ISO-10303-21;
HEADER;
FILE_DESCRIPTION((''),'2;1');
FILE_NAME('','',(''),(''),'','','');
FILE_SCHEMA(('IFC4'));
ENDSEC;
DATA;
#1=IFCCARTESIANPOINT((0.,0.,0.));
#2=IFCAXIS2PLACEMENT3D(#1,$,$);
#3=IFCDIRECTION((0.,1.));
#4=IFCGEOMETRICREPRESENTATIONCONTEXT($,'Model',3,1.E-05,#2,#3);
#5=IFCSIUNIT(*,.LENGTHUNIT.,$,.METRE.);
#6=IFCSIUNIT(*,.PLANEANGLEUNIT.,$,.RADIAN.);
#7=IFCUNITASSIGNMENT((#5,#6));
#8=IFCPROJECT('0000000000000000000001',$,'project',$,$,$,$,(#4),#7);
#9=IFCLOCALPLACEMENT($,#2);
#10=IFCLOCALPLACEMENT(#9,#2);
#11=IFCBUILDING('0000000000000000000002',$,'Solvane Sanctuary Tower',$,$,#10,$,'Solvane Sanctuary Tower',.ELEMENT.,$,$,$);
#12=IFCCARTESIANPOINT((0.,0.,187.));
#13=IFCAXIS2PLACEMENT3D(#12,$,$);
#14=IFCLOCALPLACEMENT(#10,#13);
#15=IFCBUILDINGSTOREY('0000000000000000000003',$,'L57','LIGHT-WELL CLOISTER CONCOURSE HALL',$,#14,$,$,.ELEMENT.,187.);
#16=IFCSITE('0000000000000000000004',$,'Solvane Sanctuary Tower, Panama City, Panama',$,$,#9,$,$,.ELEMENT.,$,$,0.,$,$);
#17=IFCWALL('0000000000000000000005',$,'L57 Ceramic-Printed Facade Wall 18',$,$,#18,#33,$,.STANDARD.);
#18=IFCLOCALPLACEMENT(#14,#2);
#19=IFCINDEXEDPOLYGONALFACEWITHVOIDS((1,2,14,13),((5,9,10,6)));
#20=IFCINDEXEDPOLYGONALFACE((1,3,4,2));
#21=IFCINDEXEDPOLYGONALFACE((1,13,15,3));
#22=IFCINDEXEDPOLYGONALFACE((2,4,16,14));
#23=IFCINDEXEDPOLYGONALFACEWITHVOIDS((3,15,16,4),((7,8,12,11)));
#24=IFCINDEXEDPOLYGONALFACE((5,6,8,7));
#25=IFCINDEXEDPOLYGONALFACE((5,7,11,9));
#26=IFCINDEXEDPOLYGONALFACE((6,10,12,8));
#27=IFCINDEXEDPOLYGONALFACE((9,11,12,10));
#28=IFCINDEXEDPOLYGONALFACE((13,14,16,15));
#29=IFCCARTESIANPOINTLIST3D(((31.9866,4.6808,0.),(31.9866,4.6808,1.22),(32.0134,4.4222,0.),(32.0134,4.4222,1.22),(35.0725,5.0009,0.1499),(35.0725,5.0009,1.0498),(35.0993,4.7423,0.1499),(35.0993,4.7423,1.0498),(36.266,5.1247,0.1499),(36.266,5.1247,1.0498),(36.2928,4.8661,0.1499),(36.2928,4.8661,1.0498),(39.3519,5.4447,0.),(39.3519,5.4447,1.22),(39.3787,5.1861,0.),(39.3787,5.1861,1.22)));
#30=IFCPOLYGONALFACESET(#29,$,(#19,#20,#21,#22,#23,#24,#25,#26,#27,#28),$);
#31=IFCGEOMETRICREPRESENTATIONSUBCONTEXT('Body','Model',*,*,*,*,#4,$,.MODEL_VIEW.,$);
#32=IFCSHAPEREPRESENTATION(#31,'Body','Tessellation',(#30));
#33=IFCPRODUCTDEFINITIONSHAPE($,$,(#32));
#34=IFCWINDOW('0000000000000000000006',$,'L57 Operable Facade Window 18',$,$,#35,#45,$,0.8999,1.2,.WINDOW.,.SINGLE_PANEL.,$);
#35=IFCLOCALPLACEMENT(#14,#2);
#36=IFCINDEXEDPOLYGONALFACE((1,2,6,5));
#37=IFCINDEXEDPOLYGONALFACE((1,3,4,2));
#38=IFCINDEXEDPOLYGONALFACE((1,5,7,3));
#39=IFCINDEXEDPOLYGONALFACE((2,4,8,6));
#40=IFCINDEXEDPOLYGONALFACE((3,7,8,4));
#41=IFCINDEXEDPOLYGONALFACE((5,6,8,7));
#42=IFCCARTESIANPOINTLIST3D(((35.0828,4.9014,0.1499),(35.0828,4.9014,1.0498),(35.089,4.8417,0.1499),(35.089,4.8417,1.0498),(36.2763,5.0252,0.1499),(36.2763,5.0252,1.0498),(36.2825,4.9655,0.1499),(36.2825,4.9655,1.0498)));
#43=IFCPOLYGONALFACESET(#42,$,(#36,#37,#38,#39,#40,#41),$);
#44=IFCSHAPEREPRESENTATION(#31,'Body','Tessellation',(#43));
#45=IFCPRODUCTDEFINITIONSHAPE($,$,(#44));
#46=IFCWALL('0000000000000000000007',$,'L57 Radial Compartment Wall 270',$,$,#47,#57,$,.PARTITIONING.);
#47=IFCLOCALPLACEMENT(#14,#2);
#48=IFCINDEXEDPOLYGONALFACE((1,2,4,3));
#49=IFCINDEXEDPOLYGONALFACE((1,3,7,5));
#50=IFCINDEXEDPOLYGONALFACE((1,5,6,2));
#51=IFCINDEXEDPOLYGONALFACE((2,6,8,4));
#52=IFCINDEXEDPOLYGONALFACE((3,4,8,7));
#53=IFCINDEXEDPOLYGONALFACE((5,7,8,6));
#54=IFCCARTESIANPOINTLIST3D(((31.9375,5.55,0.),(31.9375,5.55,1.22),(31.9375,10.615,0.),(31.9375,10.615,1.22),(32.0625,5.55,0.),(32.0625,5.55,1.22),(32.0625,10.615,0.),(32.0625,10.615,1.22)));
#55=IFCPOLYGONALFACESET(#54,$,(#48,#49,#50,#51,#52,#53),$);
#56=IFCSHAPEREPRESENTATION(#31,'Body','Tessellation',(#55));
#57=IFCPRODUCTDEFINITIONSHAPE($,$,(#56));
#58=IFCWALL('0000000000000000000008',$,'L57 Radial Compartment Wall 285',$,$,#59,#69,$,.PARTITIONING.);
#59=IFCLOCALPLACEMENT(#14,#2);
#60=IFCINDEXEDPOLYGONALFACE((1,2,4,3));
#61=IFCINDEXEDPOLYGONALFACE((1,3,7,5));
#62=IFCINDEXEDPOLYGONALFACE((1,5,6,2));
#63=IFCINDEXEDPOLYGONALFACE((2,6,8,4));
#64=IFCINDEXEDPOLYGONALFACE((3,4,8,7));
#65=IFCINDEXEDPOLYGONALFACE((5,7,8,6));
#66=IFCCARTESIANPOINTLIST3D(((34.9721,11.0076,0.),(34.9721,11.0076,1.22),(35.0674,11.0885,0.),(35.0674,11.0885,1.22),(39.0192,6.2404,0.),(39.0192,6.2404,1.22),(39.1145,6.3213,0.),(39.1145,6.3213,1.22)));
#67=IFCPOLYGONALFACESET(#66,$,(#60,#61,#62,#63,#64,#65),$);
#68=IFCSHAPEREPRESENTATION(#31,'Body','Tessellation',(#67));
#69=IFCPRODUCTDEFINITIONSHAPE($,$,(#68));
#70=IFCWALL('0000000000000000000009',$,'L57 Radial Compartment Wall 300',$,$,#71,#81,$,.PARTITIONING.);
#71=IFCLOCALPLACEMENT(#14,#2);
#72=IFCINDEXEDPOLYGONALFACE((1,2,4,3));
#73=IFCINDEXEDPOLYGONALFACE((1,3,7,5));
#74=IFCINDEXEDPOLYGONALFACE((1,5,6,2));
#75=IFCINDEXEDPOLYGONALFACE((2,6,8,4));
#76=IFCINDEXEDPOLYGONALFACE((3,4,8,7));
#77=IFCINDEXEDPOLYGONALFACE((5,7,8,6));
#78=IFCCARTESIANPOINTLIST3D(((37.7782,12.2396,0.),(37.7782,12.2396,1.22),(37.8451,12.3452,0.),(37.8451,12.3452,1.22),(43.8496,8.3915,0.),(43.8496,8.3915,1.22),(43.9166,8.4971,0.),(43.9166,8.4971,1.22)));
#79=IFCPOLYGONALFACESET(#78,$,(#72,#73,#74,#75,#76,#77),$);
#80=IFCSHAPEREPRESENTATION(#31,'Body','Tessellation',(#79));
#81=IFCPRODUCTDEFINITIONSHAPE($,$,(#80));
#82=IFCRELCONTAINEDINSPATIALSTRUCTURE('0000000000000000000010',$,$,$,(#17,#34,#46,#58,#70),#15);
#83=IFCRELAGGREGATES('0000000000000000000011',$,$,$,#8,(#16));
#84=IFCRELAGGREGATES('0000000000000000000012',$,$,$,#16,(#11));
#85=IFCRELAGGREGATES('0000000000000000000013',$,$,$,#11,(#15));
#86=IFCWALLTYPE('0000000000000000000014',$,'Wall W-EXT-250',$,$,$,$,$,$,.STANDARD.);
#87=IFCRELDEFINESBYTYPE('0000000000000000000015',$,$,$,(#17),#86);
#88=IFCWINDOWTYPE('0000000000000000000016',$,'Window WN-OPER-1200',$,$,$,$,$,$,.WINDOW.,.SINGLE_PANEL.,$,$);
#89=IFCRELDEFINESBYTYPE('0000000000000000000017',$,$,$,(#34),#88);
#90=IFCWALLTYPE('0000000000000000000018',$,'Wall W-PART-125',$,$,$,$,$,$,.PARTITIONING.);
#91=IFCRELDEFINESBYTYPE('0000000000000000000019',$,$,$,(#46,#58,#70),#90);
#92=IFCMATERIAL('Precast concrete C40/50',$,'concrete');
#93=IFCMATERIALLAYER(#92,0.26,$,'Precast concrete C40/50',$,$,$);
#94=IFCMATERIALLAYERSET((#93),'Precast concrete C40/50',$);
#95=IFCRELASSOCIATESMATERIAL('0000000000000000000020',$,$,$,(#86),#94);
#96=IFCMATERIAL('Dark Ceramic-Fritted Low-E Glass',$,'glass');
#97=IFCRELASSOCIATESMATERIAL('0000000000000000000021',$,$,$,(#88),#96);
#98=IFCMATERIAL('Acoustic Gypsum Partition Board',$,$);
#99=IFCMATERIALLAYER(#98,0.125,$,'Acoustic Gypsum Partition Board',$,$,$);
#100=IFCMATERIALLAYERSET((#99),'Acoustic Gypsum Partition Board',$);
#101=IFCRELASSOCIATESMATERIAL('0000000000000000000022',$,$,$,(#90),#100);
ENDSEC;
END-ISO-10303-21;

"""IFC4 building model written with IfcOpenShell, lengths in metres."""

from ifc_helpers import new_model, si_unit, direction, frame, frame_2d, origin, place, context, subcontext, project, spatial, rectangle, extrude, material, layer, layer_set, type_object, element, fill, save


model = new_model("IFC4")

# Units and contexts
model_context = context("Model", 3, precision=1e-05, world=origin(), true_north=direction((0.0, 1.0)))
body_context = subcontext(model_context, "Body", "Model", "MODEL_VIEW")
ifc_project = project(units=[si_unit("LENGTHUNIT", "METRE"), si_unit("PLANEANGLEUNIT", "RADIAN")], contexts=[model_context])

# Site, building, storey
site_placement = place(None, origin())
site = spatial("IfcSite", under=ifc_project, at=site_placement, Name="Solvane Sanctuary Tower, Panama City, Panama", CompositionType="ELEMENT", RefElevation=0.0)
building_placement = place(site_placement, origin())
building = spatial("IfcBuilding", under=site, at=building_placement, Name="Solvane Sanctuary Tower", LongName="Solvane Sanctuary Tower", CompositionType="ELEMENT")
storey_placement = place(building_placement, frame((0.0, 0.0, 187.0)))
storey = spatial("IfcBuildingStorey", under=building, at=storey_placement, Name="L57", Description="LIGHT-WELL CLOISTER CONCOURSE HALL", CompositionType="ELEMENT", Elevation=187.0)

# Shared definitions
ifc_material_1 = material(Name="Acoustic Gypsum Partition Board")

# Wall, opening, window
ifc_material_2 = material(Name="Precast concrete C40/50", Category="concrete")
ifc_layer_1 = layer(ifc_material_2, 0.26, Name="Precast concrete C40/50")
ifc_layer_set_1 = layer_set([ifc_layer_1], Name="Precast concrete C40/50")
wall_type_1 = type_object("IfcWallType", Name="Wall W-EXT-250", PredefinedType="STANDARD", material=ifc_layer_set_1)
wall_1_placement = place(storey_placement, frame((32.0, 4.5515, 0.0), z_axis=(0.0, 0.0, 1.0), x_axis=(0.994664, 0.103166, 0.0)))
wall_1 = element("IfcWall", 1, at=wall_1_placement, inside=storey, type_object=wall_type_1, Name="L57 Ceramic-Printed Facade Wall 18", PredefinedType="STANDARD", context=body_context, shape_type="SweptSolid", body=[
    extrude(rectangle(XDim=7.4048, YDim=0.26, at=frame_2d((3.7024, 0.0))), origin(), (0.0, 0.0, 1.0), 1.22),
])
opening_1_placement = place(wall_1_placement, frame((3.1023, 0.0, 0.1499)))
opening_1 = element("IfcOpeningElement", 2, at=opening_1_placement, cuts=wall_1, PredefinedType="OPENING", context=body_context, shape_type="SweptSolid", body=[
    extrude(rectangle(XDim=1.2, YDim=0.8999, at=frame_2d((0.6001, 0.45))), frame((0.0, 0.1399, 0.0), z_axis=(0.0, -1.0, 0.0), x_axis=(1.0, 0.0, 0.0)), (0.0, 0.0, 1.0), 0.28),
])
ifc_material_3 = material(Name="Dark Ceramic-Fritted Low-E Glass", Category="glass")
window_type = type_object("IfcWindowType", Name="Window WN-OPER-1200", PartitioningType="SINGLE_PANEL", PredefinedType="WINDOW", material=ifc_material_3)
window_placement = place(opening_1_placement, origin())
window = element("IfcWindow", 3, at=window_placement, inside=storey, type_object=window_type, Name="L57 Operable Facade Window 18", OverallHeight=0.8999, OverallWidth=1.2, PartitioningType="SINGLE_PANEL", PredefinedType="WINDOW", context=body_context, shape_type="SweptSolid", body=[
    extrude(rectangle(XDim=1.2, YDim=0.8999, at=frame_2d((0.6001, 0.45))), frame((0.0, 0.03, 0.0), z_axis=(0.0, -1.0, 0.0), x_axis=(1.0, 0.0, 0.0)), (0.0, 0.0, 1.0), 0.0601),
])
fill(opening_1, window)

# Walls
ifc_layer_2 = layer(ifc_material_1, 0.125, Name="Acoustic Gypsum Partition Board")
ifc_layer_set_2 = layer_set([ifc_layer_2], Name="Acoustic Gypsum Partition Board")
wall_type_2 = type_object("IfcWallType", Name="Wall W-PART-125", PredefinedType="PARTITIONING", material=ifc_layer_set_2)
wall_2_placement = place(storey_placement, frame((32.0, 10.615, 0.0), z_axis=(0.0, 0.0, 1.0), x_axis=(0.0, -1.0, 0.0)))
element("IfcWall", 4, at=wall_2_placement, inside=storey, type_object=wall_type_2, Name="L57 Radial Compartment Wall 270", PredefinedType="PARTITIONING", context=body_context, shape_type="SweptSolid", body=[
    extrude(rectangle(XDim=5.0649, YDim=0.125, at=frame_2d((2.5325, 0.0))), origin(), (0.0, 0.0, 1.0), 1.22),
])
wall_3_placement = place(storey_placement, frame((35.0198, 11.0481, 0.0), z_axis=(0.0, 0.0, 1.0), x_axis=(0.647173, -0.762343, 0.0)))
element("IfcWall", 5, at=wall_3_placement, inside=storey, type_object=wall_type_2, Name="L57 Radial Compartment Wall 285", PredefinedType="PARTITIONING", context=body_context, shape_type="SweptSolid", body=[
    extrude(rectangle(XDim=6.2534, YDim=0.125, at=frame_2d((3.1267, 0.0))), origin(), (0.0, 0.0, 1.0), 1.22),
])
wall_4_placement = place(storey_placement, frame((37.8115, 12.2925, 0.0), z_axis=(0.0, 0.0, 1.0), x_axis=(0.84464, -0.535334, 0.0)))
element("IfcWall", 6, at=wall_4_placement, inside=storey, type_object=wall_type_2, Name="L57 Radial Compartment Wall 300", PredefinedType="PARTITIONING", context=body_context, shape_type="SweptSolid", body=[
    extrude(rectangle(XDim=7.1882, YDim=0.125, at=frame_2d((3.5942, 0.0))), origin(), (0.0, 0.0, 1.0), 1.22),
])

save(model, "model.ifc")
